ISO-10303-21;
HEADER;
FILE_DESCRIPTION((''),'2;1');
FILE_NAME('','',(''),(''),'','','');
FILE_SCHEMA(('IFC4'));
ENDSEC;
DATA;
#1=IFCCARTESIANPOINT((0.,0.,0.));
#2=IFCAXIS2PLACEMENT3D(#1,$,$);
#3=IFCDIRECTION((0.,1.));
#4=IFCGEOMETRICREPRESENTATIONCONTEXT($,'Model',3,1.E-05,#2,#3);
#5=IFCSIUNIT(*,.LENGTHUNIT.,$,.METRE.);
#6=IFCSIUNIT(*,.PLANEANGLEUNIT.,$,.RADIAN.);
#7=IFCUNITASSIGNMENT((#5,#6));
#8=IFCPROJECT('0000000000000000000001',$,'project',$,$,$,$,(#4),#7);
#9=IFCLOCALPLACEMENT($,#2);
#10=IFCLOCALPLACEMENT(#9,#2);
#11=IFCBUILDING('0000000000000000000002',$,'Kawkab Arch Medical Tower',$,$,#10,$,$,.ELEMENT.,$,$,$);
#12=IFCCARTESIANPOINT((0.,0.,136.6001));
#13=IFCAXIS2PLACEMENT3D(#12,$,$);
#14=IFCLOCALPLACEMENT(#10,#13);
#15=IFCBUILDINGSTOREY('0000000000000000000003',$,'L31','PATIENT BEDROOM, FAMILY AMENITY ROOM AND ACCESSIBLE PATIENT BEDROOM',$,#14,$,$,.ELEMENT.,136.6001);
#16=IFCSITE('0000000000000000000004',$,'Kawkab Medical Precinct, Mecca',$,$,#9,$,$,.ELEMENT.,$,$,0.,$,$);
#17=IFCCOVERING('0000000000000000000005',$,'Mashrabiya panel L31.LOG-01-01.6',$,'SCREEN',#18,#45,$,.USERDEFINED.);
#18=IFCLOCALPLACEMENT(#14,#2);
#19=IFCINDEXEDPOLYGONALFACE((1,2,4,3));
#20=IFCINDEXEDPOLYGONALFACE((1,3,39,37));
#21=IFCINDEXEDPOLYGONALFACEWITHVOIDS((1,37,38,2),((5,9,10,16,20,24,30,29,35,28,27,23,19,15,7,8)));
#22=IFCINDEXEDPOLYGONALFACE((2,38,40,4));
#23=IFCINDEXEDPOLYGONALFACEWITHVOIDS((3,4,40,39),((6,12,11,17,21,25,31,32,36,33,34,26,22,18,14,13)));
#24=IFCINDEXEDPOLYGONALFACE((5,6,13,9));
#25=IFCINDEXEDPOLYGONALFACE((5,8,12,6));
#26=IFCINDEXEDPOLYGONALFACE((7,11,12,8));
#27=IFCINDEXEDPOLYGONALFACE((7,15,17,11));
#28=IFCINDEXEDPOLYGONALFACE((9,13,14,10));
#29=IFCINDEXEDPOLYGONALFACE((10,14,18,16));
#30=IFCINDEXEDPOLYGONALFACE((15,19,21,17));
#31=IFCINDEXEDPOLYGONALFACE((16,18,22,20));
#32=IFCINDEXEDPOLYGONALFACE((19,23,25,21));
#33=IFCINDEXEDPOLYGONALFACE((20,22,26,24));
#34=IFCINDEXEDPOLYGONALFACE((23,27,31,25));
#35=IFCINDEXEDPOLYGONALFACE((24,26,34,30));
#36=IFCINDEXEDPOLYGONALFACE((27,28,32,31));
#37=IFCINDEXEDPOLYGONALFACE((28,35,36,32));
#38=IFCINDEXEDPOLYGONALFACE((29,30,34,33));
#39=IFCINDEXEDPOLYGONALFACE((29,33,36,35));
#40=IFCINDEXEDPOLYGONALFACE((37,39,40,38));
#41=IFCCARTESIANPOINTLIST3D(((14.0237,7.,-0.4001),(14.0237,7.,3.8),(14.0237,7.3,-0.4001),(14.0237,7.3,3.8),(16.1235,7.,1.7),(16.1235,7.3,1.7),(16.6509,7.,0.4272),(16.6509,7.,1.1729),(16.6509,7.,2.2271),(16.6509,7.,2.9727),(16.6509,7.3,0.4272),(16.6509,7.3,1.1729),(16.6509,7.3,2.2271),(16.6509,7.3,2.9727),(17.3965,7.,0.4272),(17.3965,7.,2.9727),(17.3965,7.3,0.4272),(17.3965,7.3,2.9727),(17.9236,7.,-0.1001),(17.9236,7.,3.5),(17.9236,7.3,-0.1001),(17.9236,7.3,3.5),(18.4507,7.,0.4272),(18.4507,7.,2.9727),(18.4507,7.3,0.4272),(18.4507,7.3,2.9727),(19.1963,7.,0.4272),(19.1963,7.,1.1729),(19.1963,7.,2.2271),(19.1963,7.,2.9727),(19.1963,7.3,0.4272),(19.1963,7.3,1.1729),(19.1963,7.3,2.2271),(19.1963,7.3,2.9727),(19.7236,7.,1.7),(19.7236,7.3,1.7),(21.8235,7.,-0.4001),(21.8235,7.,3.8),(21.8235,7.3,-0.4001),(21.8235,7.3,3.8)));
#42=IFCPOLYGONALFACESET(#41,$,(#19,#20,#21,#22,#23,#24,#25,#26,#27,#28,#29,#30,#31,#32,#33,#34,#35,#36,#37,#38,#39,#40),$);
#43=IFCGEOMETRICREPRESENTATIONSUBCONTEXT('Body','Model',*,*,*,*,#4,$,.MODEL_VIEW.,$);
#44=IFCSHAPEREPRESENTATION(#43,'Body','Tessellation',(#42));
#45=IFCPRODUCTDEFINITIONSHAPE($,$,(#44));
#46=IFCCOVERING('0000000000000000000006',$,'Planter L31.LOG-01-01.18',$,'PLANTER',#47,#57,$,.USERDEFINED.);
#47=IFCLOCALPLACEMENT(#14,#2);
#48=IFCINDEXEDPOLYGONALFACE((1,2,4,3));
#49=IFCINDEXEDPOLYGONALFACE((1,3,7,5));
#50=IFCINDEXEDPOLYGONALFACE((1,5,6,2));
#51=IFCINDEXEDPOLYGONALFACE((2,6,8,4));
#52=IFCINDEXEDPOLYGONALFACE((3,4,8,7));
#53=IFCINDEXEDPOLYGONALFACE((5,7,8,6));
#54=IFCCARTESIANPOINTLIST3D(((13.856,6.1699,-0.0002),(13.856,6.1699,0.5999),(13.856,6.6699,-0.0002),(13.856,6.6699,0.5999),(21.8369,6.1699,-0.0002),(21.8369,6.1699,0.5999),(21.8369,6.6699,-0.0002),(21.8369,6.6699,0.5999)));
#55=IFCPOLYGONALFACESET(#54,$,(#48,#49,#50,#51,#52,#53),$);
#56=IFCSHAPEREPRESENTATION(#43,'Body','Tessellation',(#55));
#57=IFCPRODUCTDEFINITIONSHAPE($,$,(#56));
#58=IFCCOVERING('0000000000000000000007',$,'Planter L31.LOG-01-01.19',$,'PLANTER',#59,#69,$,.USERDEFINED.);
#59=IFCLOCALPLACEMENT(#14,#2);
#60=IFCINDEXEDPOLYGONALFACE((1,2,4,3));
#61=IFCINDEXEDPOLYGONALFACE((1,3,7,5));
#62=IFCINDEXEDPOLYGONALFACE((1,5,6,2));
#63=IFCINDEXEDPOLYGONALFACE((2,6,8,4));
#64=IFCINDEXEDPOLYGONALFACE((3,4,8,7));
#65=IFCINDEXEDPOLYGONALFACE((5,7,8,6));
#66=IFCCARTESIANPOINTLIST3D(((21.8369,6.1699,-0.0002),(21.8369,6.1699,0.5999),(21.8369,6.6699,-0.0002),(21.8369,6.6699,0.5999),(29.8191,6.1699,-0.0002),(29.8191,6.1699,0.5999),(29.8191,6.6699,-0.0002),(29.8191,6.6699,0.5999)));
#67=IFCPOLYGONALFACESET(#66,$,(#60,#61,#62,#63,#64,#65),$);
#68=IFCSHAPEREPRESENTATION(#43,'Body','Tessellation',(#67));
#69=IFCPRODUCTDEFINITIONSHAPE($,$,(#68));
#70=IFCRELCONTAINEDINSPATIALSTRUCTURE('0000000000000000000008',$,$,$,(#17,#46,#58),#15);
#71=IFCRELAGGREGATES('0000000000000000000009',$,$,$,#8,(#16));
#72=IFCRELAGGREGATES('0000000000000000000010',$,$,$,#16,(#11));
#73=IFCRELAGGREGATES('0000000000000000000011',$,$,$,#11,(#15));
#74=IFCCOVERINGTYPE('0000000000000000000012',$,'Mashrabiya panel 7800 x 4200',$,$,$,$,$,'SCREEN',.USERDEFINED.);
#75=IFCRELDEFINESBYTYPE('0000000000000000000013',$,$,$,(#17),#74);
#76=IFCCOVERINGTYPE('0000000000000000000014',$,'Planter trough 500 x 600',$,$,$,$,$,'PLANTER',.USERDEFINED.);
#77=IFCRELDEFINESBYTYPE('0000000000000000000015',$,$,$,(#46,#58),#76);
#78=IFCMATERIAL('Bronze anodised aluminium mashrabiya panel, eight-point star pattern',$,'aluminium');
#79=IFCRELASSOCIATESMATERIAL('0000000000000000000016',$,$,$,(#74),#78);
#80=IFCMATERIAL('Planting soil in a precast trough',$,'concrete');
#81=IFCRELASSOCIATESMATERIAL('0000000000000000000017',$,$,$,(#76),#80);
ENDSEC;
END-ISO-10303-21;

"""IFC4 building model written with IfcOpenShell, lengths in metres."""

from ifc_helpers import new_model, si_unit, direction, frame, origin, origin_2d, place, context, subcontext, project, spatial, polyline, rectangle, outline, extrude, material, material_profile, profile_set, type_object, element, save


model = new_model("IFC4")

# Units and contexts
model_context = context("Model", 3, precision=1e-05, world=origin(), true_north=direction((0.0, 1.0)))
body_context = subcontext(model_context, "Body", "Model", "MODEL_VIEW")
ifc_project = project(units=[si_unit("LENGTHUNIT", "METRE"), si_unit("PLANEANGLEUNIT", "RADIAN")], contexts=[model_context])

# Site, building, storey
site_placement = place(None, origin())
site = spatial("IfcSite", under=ifc_project, at=site_placement, Name="Kawkab Medical Precinct, Mecca", CompositionType="ELEMENT", RefElevation=0.0)
building_placement = place(site_placement, origin())
building = spatial("IfcBuilding", under=site, at=building_placement, Name="Kawkab Arch Medical Tower", CompositionType="ELEMENT")
storey_placement = place(building_placement, frame((0.0, 0.0, 136.6001)))
storey = spatial("IfcBuildingStorey", under=building, at=storey_placement, Name="L31", Description="PATIENT BEDROOM, FAMILY AMENITY ROOM AND ACCESSIBLE PATIENT BEDROOM", CompositionType="ELEMENT", Elevation=136.6001)

# Coverings
ifc_material_1 = material(Name="Bronze anodised aluminium mashrabiya panel, eight-point star pattern", Category="aluminium")
ifc_material_profile_1 = material_profile(ifc_material_1, outline(polyline([(-3.8999, -2.1001), (3.8999, -2.1001), (3.8999, 2.1001), (-3.8999, 2.1001), (-3.8999, -2.1001)]), holes=[polyline([(1.8, 0.0), (1.2727, 0.5271), (1.2727, 1.2727), (0.5271, 1.2727), (0.0, 1.8), (-0.5271, 1.2727), (-1.2727, 1.2727), (-1.2727, 0.5271), (-1.8, 0.0), (-1.2727, -0.5271), (-1.2727, -1.2727), (-0.5271, -1.2727), (0.0, -1.8), (0.5271, -1.2727), (1.2727, -1.2727), (1.2727, -0.5271), (1.8, 0.0)])]), Name="Mashrabiya panel 7800x4200")
ifc_profile_set_1 = profile_set([ifc_material_profile_1], Name="Bronze anodised aluminium mashrabiya panel, eight-point star pattern")
covering_type_1 = type_object("IfcCoveringType", Name="Mashrabiya panel 7800 x 4200", ElementType="SCREEN", PredefinedType="USERDEFINED", material=ifc_profile_set_1)
covering_1_placement = place(storey_placement, frame((17.9236, 7.0, 1.7), z_axis=(0.0, 1.0, 0.0), x_axis=(-1.0, 0.0, 0.0)))
element("IfcCovering", 1, at=covering_1_placement, inside=storey, type_object=covering_type_1, Name="Mashrabiya panel L31.LOG-01-01.6", ObjectType="SCREEN", PredefinedType="USERDEFINED", context=body_context, shape_type="SweptSolid", body=[
    extrude(outline(polyline([(-3.8999, -2.1001), (3.8999, -2.1001), (3.8999, 2.1001), (-3.8999, 2.1001), (-3.8999, -2.1001)]), holes=[polyline([(1.8, 0.0), (1.2727, 0.5271), (1.2727, 1.2727), (0.5271, 1.2727), (0.0, 1.8), (-0.5271, 1.2727), (-1.2727, 1.2727), (-1.2727, 0.5271), (-1.8, 0.0), (-1.2727, -0.5271), (-1.2727, -1.2727), (-0.5271, -1.2727), (0.0, -1.8), (0.5271, -1.2727), (1.2727, -1.2727), (1.2727, -0.5271), (1.8, 0.0)])]), origin(), (0.0, 0.0, 1.0), 0.3),
])
ifc_material_2 = material(Name="Planting soil in a precast trough", Category="concrete")
ifc_material_profile_2 = material_profile(ifc_material_2, rectangle(XDim=0.5, YDim=0.6001, at=origin_2d()), Name="Trough 500x600")
ifc_profile_set_2 = profile_set([ifc_material_profile_2], Name="Planting soil in a precast trough")
covering_type_2 = type_object("IfcCoveringType", Name="Planter trough 500 x 600", ElementType="PLANTER", PredefinedType="USERDEFINED", material=ifc_profile_set_2)
covering_2_placement = place(storey_placement, frame((13.856, 6.4199, 0.2998), z_axis=(1.0, 0.0, 0.0), x_axis=(0.0, 1.0, 0.0)))
element("IfcCovering", 2, at=covering_2_placement, inside=storey, type_object=covering_type_2, Name="Planter L31.LOG-01-01.18", ObjectType="PLANTER", PredefinedType="USERDEFINED", context=body_context, shape_type="SweptSolid", body=[
    extrude(rectangle(XDim=0.5, YDim=0.6001, at=origin_2d()), origin(), (0.0, 0.0, 1.0), 7.981),
])
covering_3_placement = place(storey_placement, frame((21.8369, 6.4199, 0.2998), z_axis=(1.0, 0.0, 0.0), x_axis=(0.0, 1.0, 0.0)))
element("IfcCovering", 3, at=covering_3_placement, inside=storey, type_object=covering_type_2, Name="Planter L31.LOG-01-01.19", ObjectType="PLANTER", PredefinedType="USERDEFINED", context=body_context, shape_type="SweptSolid", body=[
    extrude(rectangle(XDim=0.5, YDim=0.6001, at=origin_2d()), origin(), (0.0, 0.0, 1.0), 7.9822),
])

save(model, "model.ifc")
